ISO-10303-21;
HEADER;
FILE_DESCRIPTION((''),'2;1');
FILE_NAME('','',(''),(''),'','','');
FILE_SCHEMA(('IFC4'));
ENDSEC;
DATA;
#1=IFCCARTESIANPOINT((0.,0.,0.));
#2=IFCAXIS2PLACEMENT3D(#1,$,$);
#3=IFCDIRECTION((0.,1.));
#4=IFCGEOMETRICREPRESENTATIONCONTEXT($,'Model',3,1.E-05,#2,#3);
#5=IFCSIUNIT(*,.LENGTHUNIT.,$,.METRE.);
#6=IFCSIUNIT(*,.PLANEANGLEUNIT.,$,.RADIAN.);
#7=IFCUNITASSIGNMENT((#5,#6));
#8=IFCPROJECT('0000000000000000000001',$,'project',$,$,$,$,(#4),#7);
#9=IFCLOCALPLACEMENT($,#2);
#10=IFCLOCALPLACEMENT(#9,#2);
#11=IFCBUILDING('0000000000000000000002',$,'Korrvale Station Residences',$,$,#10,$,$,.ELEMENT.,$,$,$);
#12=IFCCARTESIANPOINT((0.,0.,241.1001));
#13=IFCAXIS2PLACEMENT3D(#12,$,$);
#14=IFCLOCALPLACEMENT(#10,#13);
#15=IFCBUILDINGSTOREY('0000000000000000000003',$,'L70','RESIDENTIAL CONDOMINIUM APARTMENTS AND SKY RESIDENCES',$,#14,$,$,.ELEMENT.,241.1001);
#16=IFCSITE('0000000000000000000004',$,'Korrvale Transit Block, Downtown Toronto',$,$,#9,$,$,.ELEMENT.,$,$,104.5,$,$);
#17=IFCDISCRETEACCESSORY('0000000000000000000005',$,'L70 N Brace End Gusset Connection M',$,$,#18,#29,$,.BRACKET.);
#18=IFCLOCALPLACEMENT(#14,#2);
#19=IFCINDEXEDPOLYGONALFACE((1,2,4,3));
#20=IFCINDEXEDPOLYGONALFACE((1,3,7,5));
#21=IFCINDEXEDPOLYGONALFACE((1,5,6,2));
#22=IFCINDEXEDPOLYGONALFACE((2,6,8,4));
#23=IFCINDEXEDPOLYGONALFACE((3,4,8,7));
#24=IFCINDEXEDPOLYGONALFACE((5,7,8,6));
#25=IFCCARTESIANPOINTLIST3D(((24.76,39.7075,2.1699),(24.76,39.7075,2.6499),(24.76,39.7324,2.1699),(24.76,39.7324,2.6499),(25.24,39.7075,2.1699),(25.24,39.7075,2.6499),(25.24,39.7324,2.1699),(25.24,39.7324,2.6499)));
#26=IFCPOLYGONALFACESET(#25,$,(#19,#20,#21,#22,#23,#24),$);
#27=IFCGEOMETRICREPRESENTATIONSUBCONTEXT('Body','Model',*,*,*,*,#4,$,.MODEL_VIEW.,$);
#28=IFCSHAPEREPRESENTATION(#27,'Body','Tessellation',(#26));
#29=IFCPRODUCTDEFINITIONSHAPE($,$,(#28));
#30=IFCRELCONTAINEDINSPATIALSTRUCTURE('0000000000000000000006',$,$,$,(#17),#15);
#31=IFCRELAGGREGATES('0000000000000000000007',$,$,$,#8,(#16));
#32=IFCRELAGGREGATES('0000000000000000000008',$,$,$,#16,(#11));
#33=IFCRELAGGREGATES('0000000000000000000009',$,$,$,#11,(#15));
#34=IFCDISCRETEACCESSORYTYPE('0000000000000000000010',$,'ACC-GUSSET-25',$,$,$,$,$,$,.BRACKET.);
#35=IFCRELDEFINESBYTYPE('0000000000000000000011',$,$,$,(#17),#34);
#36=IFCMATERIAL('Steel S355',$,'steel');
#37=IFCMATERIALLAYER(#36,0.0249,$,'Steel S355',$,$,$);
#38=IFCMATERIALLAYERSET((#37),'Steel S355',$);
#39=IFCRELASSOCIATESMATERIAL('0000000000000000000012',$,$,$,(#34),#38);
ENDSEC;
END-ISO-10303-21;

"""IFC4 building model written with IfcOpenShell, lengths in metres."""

from ifc_helpers import new_model, si_unit, direction, frame, origin, origin_2d, place, context, subcontext, project, spatial, rectangle, extrude, material, layer, layer_set, type_object, element, save


model = new_model("IFC4")

# Units and contexts
model_context = context("Model", 3, precision=1e-05, world=origin(), true_north=direction((0.0, 1.0)))
body_context = subcontext(model_context, "Body", "Model", "MODEL_VIEW")
ifc_project = project(units=[si_unit("LENGTHUNIT", "METRE"), si_unit("PLANEANGLEUNIT", "RADIAN")], contexts=[model_context])

# Site, building, storey
site_placement = place(None, origin())
site = spatial("IfcSite", under=ifc_project, at=site_placement, Name="Korrvale Transit Block, Downtown Toronto", CompositionType="ELEMENT", RefElevation=104.5)
building_placement = place(site_placement, origin())
building = spatial("IfcBuilding", under=site, at=building_placement, Name="Korrvale Station Residences", CompositionType="ELEMENT")
storey_placement = place(building_placement, frame((0.0, 0.0, 241.1001)))
storey = spatial("IfcBuildingStorey", under=building, at=storey_placement, Name="L70", Description="RESIDENTIAL CONDOMINIUM APARTMENTS AND SKY RESIDENCES", CompositionType="ELEMENT", Elevation=241.1001)

# Shared definitions
ifc_material_1 = material(Name="Steel S355", Category="steel")

# Discrete accessory
ifc_layer_1 = layer(ifc_material_1, 0.0249, Name="Steel S355")
ifc_layer_set_1 = layer_set([ifc_layer_1], Name="Steel S355")
discrete_accessory_type = type_object("IfcDiscreteAccessoryType", Name="ACC-GUSSET-25", PredefinedType="BRACKET", material=ifc_layer_set_1)
for number, where, z_axis, x_axis, name in (
    (1, (25.0, 39.72, 2.1699), (0.0, 0.0, 1.0), (1.0, 0.0, 0.0), "L70 N Brace End Gusset Connection M"),
):
    element("IfcDiscreteAccessory", number, at=place(storey_placement, frame(where, z_axis=z_axis, x_axis=x_axis)), inside=storey, type_object=discrete_accessory_type, Name=name, PredefinedType="BRACKET", context=body_context, shape_type="SweptSolid", body=[
        extrude(rectangle(XDim=0.48, YDim=0.0249, at=origin_2d()), origin(), (0.0, 0.0, 1.0), 0.48),
    ])

save(model, "model.ifc")
